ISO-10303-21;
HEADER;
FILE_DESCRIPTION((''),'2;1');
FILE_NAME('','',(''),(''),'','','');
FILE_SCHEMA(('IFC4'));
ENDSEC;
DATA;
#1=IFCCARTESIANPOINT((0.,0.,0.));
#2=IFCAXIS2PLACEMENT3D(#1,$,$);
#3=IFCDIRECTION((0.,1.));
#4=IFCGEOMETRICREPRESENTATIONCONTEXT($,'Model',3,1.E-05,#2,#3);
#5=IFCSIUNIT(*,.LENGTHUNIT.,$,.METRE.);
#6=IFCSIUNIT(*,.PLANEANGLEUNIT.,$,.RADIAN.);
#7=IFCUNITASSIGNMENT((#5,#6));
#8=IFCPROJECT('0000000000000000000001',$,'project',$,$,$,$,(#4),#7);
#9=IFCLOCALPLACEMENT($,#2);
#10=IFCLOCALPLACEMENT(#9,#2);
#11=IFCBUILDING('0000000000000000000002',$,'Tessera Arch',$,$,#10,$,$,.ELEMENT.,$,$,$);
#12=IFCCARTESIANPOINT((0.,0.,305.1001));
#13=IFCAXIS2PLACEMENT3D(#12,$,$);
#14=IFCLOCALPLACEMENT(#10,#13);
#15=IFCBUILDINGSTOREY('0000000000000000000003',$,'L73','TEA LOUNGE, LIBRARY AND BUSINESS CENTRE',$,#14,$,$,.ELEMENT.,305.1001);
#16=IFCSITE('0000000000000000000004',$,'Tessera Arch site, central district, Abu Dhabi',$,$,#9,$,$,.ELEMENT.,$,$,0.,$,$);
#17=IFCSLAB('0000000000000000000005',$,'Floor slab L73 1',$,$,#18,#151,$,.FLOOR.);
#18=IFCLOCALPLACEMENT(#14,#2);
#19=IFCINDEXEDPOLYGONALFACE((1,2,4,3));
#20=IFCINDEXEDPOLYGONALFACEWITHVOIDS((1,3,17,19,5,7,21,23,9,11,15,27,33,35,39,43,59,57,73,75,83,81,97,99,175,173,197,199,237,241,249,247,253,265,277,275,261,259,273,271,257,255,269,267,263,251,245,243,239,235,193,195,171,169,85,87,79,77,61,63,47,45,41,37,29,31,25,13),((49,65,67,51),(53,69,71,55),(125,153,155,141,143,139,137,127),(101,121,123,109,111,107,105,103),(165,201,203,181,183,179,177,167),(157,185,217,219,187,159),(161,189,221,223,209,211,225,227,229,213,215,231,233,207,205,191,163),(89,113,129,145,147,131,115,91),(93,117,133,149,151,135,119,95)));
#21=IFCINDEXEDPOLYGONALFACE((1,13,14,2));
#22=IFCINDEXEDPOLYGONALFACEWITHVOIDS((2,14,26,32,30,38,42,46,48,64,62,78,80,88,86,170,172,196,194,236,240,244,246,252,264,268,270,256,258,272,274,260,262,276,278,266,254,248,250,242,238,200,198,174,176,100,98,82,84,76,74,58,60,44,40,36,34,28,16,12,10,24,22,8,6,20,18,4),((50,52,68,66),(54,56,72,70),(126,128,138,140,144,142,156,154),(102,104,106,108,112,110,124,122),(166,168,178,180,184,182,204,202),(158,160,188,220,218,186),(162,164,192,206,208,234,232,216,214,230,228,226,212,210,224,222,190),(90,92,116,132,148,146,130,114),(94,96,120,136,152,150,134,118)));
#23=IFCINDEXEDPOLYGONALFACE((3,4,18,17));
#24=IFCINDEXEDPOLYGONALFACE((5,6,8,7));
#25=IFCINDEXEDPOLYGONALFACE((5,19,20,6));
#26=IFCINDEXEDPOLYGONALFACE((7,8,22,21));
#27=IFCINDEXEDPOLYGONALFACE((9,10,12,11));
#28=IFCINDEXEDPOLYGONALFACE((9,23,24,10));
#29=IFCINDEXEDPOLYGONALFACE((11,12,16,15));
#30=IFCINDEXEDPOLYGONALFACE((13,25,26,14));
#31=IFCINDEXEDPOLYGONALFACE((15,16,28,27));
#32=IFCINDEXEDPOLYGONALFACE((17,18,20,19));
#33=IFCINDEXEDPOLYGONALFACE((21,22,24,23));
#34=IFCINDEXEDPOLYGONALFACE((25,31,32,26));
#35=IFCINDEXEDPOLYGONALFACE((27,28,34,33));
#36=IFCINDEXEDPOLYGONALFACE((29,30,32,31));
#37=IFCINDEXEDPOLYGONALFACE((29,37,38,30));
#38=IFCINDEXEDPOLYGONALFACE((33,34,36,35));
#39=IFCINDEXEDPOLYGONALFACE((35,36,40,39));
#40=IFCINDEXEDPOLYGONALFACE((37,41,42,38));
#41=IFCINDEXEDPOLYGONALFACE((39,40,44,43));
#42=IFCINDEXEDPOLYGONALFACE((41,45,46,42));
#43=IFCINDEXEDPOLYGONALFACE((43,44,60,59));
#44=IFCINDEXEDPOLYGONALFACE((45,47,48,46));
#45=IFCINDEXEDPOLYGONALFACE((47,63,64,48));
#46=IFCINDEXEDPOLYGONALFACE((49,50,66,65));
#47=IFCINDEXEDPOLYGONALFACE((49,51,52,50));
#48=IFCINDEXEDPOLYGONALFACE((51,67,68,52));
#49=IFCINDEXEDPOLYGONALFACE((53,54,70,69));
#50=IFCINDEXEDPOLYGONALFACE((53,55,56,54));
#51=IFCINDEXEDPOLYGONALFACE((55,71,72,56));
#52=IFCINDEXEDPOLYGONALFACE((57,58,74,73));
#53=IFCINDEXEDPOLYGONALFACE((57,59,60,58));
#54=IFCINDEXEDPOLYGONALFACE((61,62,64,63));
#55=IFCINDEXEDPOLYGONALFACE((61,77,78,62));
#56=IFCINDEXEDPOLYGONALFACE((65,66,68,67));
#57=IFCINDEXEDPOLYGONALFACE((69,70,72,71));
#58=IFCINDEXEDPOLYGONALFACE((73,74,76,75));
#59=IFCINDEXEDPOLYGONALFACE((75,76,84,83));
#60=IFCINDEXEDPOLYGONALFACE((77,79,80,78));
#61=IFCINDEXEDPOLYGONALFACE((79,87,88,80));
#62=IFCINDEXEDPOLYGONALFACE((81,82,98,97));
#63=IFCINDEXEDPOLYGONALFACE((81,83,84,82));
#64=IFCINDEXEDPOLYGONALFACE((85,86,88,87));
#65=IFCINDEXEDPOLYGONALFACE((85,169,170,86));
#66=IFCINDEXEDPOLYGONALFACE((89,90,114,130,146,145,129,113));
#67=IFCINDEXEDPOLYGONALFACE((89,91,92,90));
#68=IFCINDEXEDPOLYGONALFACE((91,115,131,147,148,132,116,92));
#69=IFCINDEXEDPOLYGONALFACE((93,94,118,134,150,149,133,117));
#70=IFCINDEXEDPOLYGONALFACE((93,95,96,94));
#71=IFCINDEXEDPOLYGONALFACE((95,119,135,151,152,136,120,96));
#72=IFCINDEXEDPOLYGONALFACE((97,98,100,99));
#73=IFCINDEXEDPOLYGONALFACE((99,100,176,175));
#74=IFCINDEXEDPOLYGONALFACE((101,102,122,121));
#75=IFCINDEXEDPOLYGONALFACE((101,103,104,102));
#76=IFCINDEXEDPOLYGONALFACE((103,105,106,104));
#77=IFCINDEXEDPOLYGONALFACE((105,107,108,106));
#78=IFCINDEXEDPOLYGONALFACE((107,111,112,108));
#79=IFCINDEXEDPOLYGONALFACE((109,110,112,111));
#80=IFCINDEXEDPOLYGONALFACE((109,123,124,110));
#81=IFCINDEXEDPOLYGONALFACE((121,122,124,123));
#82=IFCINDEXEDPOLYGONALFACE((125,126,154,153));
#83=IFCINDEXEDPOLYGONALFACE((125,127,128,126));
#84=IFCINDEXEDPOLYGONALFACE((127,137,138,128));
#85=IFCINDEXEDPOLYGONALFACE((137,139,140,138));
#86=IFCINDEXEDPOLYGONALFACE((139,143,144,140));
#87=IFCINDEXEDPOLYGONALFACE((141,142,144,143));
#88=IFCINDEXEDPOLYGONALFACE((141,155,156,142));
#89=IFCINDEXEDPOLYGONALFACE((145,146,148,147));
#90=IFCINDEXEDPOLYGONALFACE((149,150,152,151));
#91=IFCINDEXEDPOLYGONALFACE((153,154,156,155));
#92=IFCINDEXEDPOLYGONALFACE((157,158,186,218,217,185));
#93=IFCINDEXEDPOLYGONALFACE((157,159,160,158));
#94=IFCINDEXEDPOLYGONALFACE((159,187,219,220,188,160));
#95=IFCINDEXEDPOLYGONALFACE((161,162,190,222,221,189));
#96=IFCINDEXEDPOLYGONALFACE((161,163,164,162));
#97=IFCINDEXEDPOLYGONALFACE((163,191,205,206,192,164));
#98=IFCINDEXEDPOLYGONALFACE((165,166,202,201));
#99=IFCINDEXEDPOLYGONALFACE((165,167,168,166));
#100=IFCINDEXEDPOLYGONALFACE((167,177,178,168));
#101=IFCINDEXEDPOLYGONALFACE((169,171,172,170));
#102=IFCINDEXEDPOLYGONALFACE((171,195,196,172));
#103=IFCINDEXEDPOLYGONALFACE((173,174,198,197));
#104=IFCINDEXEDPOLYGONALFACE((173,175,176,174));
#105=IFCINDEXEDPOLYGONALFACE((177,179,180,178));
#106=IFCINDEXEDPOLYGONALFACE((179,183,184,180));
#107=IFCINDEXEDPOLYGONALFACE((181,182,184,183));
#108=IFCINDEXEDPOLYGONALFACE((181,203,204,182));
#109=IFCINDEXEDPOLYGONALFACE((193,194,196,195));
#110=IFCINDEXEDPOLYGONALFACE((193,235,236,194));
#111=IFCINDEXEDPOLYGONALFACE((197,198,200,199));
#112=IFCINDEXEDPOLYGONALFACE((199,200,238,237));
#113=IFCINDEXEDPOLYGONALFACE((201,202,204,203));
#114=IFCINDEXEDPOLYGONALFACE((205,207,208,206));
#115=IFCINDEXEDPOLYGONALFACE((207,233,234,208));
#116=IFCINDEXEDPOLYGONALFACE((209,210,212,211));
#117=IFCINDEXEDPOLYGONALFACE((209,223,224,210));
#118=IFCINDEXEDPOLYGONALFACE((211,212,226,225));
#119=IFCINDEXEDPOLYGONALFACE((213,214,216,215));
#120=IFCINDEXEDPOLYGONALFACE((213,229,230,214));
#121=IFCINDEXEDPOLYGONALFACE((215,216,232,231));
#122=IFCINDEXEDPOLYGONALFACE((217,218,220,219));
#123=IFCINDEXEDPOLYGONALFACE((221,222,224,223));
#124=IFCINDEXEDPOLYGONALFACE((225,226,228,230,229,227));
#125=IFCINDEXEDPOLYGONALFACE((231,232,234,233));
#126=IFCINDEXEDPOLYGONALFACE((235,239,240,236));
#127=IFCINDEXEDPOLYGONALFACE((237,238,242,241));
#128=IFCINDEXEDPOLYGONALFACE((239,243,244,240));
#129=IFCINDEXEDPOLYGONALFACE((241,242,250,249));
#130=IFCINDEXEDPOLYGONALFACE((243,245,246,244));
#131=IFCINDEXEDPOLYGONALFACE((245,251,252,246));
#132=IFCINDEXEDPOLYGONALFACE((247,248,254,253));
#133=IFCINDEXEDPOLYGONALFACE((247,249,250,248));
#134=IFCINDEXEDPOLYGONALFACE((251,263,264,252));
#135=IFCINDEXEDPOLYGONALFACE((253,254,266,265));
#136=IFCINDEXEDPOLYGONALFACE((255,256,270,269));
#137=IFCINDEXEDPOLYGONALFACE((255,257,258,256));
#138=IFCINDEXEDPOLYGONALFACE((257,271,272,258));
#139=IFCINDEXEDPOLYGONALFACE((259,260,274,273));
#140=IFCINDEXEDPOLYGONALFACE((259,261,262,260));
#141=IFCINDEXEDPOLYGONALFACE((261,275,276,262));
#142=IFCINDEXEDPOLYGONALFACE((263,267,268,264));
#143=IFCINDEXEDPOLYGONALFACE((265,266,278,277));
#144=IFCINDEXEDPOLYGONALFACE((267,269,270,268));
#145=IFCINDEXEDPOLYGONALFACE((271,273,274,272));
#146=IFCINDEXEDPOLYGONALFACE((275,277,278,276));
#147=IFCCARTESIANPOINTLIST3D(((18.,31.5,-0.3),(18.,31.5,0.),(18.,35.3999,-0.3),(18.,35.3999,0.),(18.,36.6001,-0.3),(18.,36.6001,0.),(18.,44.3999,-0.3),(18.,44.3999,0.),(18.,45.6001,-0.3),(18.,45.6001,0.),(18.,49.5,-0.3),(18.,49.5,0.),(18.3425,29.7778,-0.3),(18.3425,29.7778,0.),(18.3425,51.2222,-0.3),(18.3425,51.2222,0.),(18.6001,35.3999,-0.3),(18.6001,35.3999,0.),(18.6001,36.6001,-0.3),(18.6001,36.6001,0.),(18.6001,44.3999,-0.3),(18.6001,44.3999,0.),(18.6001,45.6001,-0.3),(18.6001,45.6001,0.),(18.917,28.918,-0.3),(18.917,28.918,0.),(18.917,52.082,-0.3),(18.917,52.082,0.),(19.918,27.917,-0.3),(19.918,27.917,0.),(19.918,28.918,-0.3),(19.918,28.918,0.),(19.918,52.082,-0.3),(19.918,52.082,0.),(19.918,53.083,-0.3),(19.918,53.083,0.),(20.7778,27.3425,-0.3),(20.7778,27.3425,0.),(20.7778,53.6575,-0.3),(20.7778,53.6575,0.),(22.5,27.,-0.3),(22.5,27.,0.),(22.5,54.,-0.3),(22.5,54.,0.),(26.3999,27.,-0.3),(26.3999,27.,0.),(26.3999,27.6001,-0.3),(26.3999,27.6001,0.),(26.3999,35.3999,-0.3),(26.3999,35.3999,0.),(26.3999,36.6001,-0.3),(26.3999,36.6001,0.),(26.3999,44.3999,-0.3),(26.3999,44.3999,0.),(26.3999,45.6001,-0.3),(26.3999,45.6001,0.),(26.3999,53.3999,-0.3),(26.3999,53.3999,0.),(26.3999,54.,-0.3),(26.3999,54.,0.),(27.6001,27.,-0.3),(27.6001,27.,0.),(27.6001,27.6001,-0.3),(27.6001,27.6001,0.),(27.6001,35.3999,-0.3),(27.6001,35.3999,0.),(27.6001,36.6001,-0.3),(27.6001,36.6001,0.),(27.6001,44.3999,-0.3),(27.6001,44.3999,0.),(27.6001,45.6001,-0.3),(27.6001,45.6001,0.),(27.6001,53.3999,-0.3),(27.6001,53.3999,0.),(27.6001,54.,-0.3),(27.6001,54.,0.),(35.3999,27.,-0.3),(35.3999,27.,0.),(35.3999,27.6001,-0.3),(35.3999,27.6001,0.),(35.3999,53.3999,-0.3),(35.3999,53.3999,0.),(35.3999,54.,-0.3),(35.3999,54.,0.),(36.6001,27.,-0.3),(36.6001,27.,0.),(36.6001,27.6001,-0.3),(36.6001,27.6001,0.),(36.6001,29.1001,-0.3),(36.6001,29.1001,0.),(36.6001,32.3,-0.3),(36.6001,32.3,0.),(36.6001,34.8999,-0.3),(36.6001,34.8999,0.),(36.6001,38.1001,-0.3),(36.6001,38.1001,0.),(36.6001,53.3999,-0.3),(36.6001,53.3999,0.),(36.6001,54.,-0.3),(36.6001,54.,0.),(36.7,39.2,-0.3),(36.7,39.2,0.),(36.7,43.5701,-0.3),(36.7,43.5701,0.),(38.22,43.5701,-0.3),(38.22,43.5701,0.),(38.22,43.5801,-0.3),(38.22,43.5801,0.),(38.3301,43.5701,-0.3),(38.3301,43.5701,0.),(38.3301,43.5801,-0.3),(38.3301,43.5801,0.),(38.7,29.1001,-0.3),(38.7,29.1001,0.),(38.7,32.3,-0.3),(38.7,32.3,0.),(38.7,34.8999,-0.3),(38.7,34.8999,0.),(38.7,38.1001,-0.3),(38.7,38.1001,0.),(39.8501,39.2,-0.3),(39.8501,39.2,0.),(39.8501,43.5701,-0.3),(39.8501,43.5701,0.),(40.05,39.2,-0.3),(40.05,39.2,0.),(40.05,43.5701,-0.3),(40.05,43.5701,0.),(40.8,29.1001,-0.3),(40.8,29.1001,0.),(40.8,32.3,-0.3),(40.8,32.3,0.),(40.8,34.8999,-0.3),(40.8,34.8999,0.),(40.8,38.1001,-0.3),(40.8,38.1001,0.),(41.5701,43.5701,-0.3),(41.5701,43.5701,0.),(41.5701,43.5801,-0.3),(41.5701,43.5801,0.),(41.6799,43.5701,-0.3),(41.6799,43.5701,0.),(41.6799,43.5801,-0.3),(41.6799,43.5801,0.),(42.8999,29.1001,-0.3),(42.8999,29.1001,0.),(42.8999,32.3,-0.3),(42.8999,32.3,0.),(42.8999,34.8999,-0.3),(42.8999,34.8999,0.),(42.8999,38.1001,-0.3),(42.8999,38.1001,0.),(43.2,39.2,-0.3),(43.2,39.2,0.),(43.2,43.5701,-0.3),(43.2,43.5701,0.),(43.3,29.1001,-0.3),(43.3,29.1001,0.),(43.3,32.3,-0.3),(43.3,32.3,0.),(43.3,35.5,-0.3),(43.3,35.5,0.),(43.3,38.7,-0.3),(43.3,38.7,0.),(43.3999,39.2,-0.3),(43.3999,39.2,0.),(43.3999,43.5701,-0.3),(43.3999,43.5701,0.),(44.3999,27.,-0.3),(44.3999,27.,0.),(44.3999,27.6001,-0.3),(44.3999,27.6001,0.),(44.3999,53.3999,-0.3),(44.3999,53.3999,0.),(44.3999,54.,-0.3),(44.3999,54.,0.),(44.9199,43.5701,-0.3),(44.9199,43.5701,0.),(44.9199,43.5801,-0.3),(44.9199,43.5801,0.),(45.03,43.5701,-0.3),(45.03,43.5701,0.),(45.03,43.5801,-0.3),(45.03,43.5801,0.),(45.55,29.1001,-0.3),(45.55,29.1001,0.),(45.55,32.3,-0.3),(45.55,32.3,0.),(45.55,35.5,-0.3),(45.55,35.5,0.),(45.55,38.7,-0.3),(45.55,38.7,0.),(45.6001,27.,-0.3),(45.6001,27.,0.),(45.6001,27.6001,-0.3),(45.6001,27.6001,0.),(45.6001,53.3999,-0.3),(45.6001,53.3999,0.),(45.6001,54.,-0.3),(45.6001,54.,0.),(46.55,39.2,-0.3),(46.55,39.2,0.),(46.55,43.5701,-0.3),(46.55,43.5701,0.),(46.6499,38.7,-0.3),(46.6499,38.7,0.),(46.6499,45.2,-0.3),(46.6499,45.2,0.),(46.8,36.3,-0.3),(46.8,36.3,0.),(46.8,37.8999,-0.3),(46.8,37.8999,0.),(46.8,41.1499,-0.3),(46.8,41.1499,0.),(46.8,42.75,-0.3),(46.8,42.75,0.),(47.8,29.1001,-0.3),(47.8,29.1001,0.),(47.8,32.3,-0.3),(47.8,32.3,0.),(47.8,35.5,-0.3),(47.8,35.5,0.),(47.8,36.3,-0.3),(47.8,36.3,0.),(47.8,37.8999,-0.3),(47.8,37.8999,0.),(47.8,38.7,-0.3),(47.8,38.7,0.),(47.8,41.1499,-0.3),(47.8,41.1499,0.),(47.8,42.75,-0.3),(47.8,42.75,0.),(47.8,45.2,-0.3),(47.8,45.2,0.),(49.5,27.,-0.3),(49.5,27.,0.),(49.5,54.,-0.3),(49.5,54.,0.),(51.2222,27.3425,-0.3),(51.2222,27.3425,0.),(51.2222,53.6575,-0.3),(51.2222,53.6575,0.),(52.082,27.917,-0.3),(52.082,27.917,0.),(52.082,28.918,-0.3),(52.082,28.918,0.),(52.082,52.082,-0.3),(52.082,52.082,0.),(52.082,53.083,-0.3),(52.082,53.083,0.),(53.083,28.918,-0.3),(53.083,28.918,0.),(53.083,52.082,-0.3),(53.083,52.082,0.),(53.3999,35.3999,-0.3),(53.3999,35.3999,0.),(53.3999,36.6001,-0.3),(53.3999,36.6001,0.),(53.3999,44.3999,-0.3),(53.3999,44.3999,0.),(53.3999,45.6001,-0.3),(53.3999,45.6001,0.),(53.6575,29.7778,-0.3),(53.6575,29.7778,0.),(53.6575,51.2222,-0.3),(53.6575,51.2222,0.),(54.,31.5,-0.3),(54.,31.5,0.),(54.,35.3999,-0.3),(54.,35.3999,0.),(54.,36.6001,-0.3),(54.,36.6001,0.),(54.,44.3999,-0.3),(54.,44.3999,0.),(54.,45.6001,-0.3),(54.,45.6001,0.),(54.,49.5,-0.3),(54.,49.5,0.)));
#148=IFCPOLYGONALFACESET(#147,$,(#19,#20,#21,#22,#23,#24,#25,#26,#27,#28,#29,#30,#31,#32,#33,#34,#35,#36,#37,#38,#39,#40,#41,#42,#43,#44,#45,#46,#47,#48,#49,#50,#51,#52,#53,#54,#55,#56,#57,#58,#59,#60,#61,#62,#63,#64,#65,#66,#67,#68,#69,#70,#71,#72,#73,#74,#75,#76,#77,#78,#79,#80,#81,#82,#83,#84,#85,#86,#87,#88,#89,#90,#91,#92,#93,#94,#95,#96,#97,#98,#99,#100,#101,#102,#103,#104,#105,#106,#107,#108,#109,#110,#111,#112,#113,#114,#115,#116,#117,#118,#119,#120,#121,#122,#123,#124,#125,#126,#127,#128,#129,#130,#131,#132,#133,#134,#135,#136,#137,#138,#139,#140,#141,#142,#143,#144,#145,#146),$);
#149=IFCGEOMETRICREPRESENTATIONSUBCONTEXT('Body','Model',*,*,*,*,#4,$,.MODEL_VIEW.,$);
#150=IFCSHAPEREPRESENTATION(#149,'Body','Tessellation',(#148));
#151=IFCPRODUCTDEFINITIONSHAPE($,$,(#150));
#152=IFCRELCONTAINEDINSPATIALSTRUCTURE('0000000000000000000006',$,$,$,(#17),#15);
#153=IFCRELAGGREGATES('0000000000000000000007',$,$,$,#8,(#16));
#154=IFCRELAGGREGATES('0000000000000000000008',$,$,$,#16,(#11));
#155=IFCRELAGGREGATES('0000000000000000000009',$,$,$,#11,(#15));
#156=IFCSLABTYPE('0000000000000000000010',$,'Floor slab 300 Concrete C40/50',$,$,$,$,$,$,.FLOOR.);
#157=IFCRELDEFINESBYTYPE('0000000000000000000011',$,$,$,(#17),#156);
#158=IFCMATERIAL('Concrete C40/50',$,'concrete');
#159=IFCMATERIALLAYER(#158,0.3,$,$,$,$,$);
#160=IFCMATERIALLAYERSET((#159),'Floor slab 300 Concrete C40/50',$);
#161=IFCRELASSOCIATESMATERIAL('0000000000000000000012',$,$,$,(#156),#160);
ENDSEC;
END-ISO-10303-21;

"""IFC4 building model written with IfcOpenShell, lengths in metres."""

from ifc_helpers import new_model, si_unit, direction, frame, origin, place, context, subcontext, project, spatial, polyline, outline, extrude, material, layer, layer_set, type_object, element, save


model = new_model("IFC4")

# Units and contexts
model_context = context("Model", 3, precision=1e-05, world=origin(), true_north=direction((0.0, 1.0)))
body_context = subcontext(model_context, "Body", "Model", "MODEL_VIEW")
ifc_project = project(units=[si_unit("LENGTHUNIT", "METRE"), si_unit("PLANEANGLEUNIT", "RADIAN")], contexts=[model_context])

# Site, building, storey
site_placement = place(None, origin())
site = spatial("IfcSite", under=ifc_project, at=site_placement, Name="Tessera Arch site, central district, Abu Dhabi", CompositionType="ELEMENT", RefElevation=0.0)
building_placement = place(site_placement, origin())
building = spatial("IfcBuilding", under=site, at=building_placement, Name="Tessera Arch", CompositionType="ELEMENT")
storey_placement = place(building_placement, frame((0.0, 0.0, 305.1001)))
storey = spatial("IfcBuildingStorey", under=building, at=storey_placement, Name="L73", Description="TEA LOUNGE, LIBRARY AND BUSINESS CENTRE", CompositionType="ELEMENT", Elevation=305.1001)

# Slab
ifc_material_1 = material(Name="Concrete C40/50", Category="concrete")
ifc_layer_1 = layer(ifc_material_1, 0.3)
ifc_layer_set_1 = layer_set([ifc_layer_1], Name="Floor slab 300 Concrete C40/50")
slab_type = type_object("IfcSlabType", Name="Floor slab 300 Concrete C40/50", PredefinedType="FLOOR", material=ifc_layer_set_1)
slab_placement = place(storey_placement, frame((0.0, 0.0, -0.3)))
element("IfcSlab", 1, at=slab_placement, inside=storey, type_object=slab_type, Name="Floor slab L73 1", PredefinedType="FLOOR", context=body_context, shape_type="SweptSolid", body=[
    extrude(outline(polyline([(54.0, 31.5), (53.6575, 29.7778), (53.083, 28.918), (52.082, 28.918), (52.082, 27.917), (51.2222, 27.3425), (49.5, 27.0), (45.6001, 27.0), (45.6001, 27.6001), (44.3999, 27.6001), (44.3999, 27.0), (36.6001, 27.0), (36.6001, 27.6001), (35.3999, 27.6001), (35.3999, 27.0), (27.6001, 27.0), (27.6001, 27.6001), (26.3999, 27.6001), (26.3999, 27.0), (22.5, 27.0), (20.7778, 27.3425), (19.918, 27.917), (19.918, 28.918), (18.917, 28.918), (18.3425, 29.7778), (18.0, 31.5), (18.0, 35.3999), (18.6001, 35.3999), (18.6001, 36.6001), (18.0, 36.6001), (18.0, 44.3999), (18.6001, 44.3999), (18.6001, 45.6001), (18.0, 45.6001), (18.0, 49.5), (18.3425, 51.2222), (18.917, 52.082), (19.918, 52.082), (19.918, 53.083), (20.7778, 53.6575), (22.5, 54.0), (26.3999, 54.0), (26.3999, 53.3999), (27.6001, 53.3999), (27.6001, 54.0), (35.3999, 54.0), (35.3999, 53.3999), (36.6001, 53.3999), (36.6001, 54.0), (44.3999, 54.0), (44.3999, 53.3999), (45.6001, 53.3999), (45.6001, 54.0), (49.5, 54.0), (51.2222, 53.6575), (52.082, 53.083), (52.082, 52.082), (53.083, 52.082), (53.6575, 51.2222), (54.0, 49.5), (54.0, 45.6001), (53.3999, 45.6001), (53.3999, 44.3999), (54.0, 44.3999), (54.0, 36.6001), (53.3999, 36.6001), (53.3999, 35.3999), (54.0, 35.3999), (54.0, 31.5)]), holes=[polyline([(40.8, 29.1001), (42.8999, 29.1001), (42.8999, 32.3), (40.8, 32.3), (38.7, 32.3), (36.6001, 32.3), (36.6001, 29.1001), (38.7, 29.1001), (40.8, 29.1001)]), polyline([(27.6001, 35.3999), (27.6001, 36.6001), (26.3999, 36.6001), (26.3999, 35.3999), (27.6001, 35.3999)]), polyline([(40.8, 34.8999), (42.8999, 34.8999), (42.8999, 38.1001), (40.8, 38.1001), (38.7, 38.1001), (36.6001, 38.1001), (36.6001, 34.8999), (38.7, 34.8999), (40.8, 34.8999)]), polyline([(38.22, 43.5801), (38.22, 43.5701), (36.7, 43.5701), (36.7, 39.2), (39.8501, 39.2), (39.8501, 43.5701), (38.3301, 43.5701), (38.3301, 43.5801), (38.22, 43.5801)]), polyline([(27.6001, 44.3999), (27.6001, 45.6001), (26.3999, 45.6001), (26.3999, 44.3999), (27.6001, 44.3999)]), polyline([(47.8, 32.3), (45.55, 32.3), (43.3, 32.3), (43.3, 29.1001), (45.55, 29.1001), (47.8, 29.1001), (47.8, 32.3)]), polyline([(46.6499, 38.7), (45.55, 38.7), (43.3, 38.7), (43.3, 35.5), (45.55, 35.5), (47.8, 35.5), (47.8, 36.3), (46.8, 36.3), (46.8, 37.8999), (47.8, 37.8999), (47.8, 38.7), (47.8, 41.1499), (46.8, 41.1499), (46.8, 42.75), (47.8, 42.75), (47.8, 45.2), (46.6499, 45.2), (46.6499, 38.7)]), polyline([(41.5701, 43.5801), (41.5701, 43.5701), (40.05, 43.5701), (40.05, 39.2), (43.2, 39.2), (43.2, 43.5701), (41.6799, 43.5701), (41.6799, 43.5801), (41.5701, 43.5801)]), polyline([(44.9199, 43.5801), (44.9199, 43.5701), (43.3999, 43.5701), (43.3999, 39.2), (46.55, 39.2), (46.55, 43.5701), (45.03, 43.5701), (45.03, 43.5801), (44.9199, 43.5801)])]), origin(), (0.0, 0.0, 1.0), 0.3),
])

save(model, "model.ifc")
